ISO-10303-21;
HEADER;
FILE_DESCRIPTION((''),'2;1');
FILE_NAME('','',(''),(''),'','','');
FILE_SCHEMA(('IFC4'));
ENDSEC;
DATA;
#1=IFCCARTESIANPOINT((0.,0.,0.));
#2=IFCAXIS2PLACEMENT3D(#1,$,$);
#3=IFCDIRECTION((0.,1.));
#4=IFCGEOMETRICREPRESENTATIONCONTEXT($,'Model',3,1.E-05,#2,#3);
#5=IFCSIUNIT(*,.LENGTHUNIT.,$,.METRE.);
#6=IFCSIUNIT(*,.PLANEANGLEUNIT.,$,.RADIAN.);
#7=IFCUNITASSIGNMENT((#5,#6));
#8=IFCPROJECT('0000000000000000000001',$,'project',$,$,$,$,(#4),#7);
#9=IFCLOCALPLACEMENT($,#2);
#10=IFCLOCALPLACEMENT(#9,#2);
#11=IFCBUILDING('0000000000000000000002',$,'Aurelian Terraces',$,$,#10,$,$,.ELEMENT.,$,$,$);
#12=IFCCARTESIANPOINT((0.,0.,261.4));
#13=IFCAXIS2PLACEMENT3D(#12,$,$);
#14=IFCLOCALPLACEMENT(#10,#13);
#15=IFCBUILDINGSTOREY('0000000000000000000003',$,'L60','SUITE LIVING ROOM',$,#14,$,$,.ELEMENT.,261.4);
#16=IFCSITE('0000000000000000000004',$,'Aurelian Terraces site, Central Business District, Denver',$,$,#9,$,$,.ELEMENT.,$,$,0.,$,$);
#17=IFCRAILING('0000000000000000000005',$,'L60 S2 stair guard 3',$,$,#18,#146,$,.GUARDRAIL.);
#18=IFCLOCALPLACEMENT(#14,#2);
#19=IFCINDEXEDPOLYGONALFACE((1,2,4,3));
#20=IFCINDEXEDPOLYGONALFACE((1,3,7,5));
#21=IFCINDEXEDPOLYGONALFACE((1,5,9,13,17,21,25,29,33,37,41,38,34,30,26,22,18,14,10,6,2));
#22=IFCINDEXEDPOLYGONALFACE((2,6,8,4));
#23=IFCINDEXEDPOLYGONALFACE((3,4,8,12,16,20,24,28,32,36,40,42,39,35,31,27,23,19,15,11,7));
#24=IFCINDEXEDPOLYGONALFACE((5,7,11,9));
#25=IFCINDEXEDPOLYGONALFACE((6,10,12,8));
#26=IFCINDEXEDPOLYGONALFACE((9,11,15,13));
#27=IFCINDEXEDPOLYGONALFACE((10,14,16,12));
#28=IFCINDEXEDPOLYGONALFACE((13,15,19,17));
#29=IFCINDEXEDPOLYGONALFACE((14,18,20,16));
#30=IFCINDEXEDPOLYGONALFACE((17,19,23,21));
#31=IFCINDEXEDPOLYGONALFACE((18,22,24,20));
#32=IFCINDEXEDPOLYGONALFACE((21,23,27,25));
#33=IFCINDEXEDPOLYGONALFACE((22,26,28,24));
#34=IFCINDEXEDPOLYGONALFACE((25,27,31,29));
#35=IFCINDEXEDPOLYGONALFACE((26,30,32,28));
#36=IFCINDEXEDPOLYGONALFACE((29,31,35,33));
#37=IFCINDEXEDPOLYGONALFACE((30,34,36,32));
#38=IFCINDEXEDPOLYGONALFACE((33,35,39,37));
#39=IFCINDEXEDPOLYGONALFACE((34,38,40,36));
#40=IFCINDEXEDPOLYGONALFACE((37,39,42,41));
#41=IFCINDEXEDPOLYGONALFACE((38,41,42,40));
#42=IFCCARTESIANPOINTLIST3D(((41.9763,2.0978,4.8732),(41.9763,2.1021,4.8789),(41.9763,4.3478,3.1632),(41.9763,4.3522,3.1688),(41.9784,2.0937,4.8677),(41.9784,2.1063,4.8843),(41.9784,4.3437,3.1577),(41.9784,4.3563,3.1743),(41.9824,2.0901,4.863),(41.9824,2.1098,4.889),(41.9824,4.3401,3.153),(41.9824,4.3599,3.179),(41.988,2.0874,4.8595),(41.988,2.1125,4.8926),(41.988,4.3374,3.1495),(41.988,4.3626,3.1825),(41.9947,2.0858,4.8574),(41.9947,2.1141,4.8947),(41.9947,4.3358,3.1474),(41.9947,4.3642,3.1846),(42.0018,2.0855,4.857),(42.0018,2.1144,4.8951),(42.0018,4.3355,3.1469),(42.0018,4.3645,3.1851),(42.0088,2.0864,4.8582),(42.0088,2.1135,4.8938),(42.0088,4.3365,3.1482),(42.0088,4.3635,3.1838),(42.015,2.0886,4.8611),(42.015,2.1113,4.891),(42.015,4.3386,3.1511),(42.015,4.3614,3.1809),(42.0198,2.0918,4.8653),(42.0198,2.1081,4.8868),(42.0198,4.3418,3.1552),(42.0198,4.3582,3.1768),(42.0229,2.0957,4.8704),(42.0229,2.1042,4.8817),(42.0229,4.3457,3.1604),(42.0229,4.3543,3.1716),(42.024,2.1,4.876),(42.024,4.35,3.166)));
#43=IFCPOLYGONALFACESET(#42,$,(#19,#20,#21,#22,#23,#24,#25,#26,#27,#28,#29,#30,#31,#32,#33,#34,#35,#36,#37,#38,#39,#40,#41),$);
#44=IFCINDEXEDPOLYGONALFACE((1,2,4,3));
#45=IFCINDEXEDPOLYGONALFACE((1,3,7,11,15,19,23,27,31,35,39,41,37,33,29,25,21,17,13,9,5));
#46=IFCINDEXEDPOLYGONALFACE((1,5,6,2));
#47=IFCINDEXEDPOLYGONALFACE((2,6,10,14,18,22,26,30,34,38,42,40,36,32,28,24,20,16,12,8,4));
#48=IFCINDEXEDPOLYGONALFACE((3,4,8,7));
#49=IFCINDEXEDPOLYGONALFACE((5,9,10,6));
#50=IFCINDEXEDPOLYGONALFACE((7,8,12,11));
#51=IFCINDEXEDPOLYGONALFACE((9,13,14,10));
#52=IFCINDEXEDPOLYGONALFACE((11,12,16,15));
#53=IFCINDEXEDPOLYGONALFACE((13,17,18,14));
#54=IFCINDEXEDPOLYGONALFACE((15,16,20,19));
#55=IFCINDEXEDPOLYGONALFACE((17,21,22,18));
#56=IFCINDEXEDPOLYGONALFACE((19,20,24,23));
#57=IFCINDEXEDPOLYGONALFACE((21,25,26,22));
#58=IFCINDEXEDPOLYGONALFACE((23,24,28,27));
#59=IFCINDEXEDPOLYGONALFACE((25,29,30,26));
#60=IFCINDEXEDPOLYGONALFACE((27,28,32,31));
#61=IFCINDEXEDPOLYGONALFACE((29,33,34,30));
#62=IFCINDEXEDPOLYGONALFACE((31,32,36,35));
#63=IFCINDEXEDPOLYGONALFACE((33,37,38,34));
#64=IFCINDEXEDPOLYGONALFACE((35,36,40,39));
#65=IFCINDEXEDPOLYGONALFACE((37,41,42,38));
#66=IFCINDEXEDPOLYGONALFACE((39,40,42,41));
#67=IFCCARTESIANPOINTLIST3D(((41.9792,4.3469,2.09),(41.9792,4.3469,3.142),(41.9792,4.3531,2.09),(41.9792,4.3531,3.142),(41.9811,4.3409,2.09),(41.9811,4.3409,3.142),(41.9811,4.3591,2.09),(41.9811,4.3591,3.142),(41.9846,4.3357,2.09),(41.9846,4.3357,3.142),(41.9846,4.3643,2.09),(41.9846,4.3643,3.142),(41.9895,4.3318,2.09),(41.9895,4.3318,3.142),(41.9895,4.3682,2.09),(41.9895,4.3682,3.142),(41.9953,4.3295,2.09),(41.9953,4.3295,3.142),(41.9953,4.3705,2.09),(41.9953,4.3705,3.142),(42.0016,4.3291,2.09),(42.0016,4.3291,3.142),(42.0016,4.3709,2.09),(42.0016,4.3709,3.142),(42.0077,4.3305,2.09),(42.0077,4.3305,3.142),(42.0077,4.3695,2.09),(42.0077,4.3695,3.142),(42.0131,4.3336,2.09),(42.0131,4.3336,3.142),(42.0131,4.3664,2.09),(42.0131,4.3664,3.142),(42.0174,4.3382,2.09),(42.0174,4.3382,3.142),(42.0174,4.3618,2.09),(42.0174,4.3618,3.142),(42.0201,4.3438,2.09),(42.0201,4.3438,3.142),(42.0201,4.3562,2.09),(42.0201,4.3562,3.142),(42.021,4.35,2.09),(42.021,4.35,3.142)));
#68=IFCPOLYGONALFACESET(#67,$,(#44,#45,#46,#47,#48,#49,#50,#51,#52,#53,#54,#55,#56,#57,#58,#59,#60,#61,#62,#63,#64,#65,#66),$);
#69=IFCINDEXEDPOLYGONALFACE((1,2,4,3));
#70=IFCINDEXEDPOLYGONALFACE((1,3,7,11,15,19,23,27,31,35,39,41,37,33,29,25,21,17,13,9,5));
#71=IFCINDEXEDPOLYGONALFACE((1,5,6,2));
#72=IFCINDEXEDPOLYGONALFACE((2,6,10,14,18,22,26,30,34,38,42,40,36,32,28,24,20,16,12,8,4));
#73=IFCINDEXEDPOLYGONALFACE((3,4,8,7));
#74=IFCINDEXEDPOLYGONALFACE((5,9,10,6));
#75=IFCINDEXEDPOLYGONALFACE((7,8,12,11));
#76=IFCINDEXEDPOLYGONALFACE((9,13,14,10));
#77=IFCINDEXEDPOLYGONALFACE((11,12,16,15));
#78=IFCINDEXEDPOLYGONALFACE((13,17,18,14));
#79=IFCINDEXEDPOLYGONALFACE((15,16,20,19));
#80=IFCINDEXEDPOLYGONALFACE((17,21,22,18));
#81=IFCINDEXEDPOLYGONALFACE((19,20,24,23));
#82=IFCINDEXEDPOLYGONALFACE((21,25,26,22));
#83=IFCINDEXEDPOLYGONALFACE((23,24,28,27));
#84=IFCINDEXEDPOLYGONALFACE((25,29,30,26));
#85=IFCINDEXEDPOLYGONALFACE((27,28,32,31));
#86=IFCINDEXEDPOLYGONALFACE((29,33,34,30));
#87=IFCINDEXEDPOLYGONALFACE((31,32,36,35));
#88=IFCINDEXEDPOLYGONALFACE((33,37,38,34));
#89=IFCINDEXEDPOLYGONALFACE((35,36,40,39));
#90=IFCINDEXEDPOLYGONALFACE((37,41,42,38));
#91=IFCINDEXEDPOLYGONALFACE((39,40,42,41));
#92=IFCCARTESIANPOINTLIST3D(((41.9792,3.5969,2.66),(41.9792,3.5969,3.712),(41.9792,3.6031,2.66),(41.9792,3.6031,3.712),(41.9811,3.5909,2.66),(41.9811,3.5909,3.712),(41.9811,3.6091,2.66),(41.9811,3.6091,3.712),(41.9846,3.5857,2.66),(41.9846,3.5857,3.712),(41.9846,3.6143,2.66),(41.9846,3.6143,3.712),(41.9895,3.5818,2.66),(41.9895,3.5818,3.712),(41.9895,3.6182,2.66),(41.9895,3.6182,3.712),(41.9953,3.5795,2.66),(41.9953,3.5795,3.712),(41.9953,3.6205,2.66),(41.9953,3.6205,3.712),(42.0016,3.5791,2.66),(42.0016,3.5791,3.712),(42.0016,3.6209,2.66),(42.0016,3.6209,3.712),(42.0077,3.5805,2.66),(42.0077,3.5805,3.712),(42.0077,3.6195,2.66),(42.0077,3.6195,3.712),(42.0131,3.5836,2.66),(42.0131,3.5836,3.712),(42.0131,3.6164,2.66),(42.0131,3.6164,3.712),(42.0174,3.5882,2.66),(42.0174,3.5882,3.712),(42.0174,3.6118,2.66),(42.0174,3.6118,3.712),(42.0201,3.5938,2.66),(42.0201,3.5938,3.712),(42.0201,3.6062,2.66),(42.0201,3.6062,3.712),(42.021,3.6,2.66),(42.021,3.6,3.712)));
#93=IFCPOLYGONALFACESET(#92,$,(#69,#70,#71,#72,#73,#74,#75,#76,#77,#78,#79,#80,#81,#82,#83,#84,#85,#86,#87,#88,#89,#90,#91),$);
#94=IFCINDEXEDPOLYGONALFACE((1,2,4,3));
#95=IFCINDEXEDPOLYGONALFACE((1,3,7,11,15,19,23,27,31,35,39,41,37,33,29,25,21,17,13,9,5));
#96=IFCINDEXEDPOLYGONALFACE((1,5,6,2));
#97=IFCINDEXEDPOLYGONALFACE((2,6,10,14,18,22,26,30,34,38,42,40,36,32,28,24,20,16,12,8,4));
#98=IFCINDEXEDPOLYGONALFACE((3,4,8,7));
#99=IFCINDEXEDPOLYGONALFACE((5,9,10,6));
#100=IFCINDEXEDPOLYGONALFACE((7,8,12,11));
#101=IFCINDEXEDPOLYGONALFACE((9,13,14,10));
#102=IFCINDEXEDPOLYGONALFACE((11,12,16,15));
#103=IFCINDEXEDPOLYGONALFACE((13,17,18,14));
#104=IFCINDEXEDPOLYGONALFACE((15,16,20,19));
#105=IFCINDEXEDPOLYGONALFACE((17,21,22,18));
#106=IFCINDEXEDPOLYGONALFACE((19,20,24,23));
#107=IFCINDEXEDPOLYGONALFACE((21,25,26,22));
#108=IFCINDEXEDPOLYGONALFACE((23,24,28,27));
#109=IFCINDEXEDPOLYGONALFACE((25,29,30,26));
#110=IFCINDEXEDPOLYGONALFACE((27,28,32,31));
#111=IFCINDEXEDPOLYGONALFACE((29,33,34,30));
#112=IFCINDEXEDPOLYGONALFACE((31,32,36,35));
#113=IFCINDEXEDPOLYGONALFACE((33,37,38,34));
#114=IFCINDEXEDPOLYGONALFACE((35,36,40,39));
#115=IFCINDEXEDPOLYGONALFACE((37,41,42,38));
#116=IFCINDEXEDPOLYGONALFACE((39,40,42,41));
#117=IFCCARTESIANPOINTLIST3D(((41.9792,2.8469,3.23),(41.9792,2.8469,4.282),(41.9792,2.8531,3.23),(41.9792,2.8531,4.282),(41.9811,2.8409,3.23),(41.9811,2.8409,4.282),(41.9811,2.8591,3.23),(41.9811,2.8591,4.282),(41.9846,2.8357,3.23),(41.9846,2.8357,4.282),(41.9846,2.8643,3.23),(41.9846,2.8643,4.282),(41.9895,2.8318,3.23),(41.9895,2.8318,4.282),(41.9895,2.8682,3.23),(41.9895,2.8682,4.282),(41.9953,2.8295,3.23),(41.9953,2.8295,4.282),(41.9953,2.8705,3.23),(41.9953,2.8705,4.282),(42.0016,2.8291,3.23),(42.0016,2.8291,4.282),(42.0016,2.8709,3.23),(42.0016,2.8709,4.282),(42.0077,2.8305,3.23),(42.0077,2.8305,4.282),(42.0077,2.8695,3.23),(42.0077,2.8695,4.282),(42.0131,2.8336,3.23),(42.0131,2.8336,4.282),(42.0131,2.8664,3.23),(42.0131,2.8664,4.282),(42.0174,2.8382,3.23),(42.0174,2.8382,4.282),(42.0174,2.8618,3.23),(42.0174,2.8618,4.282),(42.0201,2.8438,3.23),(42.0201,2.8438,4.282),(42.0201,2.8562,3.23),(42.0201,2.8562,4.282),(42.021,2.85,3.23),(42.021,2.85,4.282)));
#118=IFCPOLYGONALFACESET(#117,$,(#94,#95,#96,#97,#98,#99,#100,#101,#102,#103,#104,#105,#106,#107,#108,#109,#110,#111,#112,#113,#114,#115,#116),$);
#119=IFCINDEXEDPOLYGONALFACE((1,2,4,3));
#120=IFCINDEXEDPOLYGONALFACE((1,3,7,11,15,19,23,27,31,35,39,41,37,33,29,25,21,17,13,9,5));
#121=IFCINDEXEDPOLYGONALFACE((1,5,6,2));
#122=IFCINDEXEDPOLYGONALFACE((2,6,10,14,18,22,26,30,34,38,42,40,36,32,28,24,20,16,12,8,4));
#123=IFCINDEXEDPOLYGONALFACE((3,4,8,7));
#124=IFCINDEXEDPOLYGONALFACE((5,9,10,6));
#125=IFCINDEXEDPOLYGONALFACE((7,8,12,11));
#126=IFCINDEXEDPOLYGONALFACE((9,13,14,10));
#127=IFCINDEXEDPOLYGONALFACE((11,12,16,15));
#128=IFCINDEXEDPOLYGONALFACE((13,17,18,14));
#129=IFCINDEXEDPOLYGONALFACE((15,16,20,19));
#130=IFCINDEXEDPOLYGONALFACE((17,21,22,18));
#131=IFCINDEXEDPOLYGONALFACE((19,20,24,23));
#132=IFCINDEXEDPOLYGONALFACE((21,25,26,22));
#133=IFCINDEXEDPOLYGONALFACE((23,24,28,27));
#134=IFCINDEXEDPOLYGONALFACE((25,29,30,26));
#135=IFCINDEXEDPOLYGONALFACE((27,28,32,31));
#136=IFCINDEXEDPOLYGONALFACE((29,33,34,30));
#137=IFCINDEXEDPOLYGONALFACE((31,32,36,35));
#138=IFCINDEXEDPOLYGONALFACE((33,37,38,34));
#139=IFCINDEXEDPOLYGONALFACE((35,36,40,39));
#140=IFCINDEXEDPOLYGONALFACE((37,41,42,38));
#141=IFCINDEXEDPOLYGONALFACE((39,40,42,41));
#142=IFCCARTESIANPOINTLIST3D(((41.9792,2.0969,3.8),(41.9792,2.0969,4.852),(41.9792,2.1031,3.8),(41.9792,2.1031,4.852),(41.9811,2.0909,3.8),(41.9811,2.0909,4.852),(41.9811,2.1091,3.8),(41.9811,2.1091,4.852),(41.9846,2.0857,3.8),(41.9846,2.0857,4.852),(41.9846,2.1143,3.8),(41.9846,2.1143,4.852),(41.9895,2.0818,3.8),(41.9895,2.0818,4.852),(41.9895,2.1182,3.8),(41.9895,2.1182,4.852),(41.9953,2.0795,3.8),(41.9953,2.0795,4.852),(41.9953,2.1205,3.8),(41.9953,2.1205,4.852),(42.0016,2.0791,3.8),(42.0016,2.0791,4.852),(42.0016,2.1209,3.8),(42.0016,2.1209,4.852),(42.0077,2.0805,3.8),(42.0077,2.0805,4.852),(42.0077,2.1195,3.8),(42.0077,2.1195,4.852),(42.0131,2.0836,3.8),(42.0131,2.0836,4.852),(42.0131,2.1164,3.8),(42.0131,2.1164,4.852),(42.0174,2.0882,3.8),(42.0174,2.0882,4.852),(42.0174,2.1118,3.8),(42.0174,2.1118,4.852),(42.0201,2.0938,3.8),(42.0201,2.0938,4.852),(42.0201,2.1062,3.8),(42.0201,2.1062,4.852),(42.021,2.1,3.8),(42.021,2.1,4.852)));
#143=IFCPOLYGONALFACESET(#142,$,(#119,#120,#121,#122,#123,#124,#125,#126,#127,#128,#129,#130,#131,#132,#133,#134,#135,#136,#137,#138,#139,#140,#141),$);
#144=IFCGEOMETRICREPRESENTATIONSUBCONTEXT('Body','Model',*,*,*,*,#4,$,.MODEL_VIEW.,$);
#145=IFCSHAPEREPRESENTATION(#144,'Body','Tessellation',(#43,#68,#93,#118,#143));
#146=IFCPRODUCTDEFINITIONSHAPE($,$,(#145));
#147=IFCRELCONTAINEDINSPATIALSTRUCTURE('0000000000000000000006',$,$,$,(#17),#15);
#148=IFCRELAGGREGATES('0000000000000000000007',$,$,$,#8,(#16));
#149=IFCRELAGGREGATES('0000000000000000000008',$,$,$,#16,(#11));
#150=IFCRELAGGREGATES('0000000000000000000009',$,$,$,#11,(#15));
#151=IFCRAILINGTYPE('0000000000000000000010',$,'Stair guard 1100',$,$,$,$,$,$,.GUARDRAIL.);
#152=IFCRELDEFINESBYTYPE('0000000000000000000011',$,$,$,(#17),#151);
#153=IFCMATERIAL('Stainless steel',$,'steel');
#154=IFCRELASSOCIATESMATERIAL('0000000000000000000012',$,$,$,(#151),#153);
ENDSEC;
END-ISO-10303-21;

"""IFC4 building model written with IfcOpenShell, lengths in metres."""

from ifc_helpers import new_model, si_unit, direction, frame, origin, origin_2d, place, context, subcontext, project, spatial, circle, extrude, source, transform, mapped, material, type_object, element, save


model = new_model("IFC4")

# Units and contexts
model_context = context("Model", 3, precision=1e-05, world=origin(), true_north=direction((0.0, 1.0)))
body_context = subcontext(model_context, "Body", "Model", "MODEL_VIEW")
ifc_project = project(units=[si_unit("LENGTHUNIT", "METRE"), si_unit("PLANEANGLEUNIT", "RADIAN")], contexts=[model_context])

# Site, building, storey
site_placement = place(None, origin())
site = spatial("IfcSite", under=ifc_project, at=site_placement, Name="Aurelian Terraces site, Central Business District, Denver", CompositionType="ELEMENT", RefElevation=0.0)
building_placement = place(site_placement, origin())
building = spatial("IfcBuilding", under=site, at=building_placement, Name="Aurelian Terraces", CompositionType="ELEMENT")
storey_placement = place(building_placement, frame((0.0, 0.0, 261.4)))
storey = spatial("IfcBuildingStorey", under=building, at=storey_placement, Name="L60", Description="SUITE LIVING ROOM", CompositionType="ELEMENT", Elevation=261.4)

# Railing
ifc_material_1 = material(Name="Stainless steel", Category="steel")
railing_type_1 = type_object("IfcRailingType", Name="Stair guard 1100", PredefinedType="GUARDRAIL", material=ifc_material_1)
shared_shape_1 = source(origin(), body_context, "Body", "SweptSolid", [
    extrude(circle(Radius=0.024, at=origin_2d()), frame((0.0, 0.0, 1.076), z_axis=(0.0, -0.796162, 0.605083), x_axis=(1.0, 0.0, 0.0)), (0.0, 0.0, 1.0), 2.8261),
    extrude(circle(Radius=0.021, at=origin_2d()), origin(), (0.0, 0.0, 1.0), 1.052),
    extrude(circle(Radius=0.021, at=origin_2d()), frame((0.0, -0.75, 0.57)), (0.0, 0.0, 1.0), 1.052),
    extrude(circle(Radius=0.021, at=origin_2d()), frame((0.0, -1.5, 1.14)), (0.0, 0.0, 1.0), 1.052),
    extrude(circle(Radius=0.021, at=origin_2d()), frame((0.0, -2.25, 1.71)), (0.0, 0.0, 1.0), 1.052),
])
railing_1_placement = place(storey_placement, frame((42.0, 4.35, 2.09)))
element("IfcRailing", 1, at=railing_1_placement, inside=storey, type_object=railing_type_1, Name="L60 S2 stair guard 3", PredefinedType="GUARDRAIL", context=body_context, shape_type="MappedRepresentation", body=[
    mapped(shared_shape_1, transform((0.0, 0.0, 0.0), scale=1.0)),
])

save(model, "model.ifc")
